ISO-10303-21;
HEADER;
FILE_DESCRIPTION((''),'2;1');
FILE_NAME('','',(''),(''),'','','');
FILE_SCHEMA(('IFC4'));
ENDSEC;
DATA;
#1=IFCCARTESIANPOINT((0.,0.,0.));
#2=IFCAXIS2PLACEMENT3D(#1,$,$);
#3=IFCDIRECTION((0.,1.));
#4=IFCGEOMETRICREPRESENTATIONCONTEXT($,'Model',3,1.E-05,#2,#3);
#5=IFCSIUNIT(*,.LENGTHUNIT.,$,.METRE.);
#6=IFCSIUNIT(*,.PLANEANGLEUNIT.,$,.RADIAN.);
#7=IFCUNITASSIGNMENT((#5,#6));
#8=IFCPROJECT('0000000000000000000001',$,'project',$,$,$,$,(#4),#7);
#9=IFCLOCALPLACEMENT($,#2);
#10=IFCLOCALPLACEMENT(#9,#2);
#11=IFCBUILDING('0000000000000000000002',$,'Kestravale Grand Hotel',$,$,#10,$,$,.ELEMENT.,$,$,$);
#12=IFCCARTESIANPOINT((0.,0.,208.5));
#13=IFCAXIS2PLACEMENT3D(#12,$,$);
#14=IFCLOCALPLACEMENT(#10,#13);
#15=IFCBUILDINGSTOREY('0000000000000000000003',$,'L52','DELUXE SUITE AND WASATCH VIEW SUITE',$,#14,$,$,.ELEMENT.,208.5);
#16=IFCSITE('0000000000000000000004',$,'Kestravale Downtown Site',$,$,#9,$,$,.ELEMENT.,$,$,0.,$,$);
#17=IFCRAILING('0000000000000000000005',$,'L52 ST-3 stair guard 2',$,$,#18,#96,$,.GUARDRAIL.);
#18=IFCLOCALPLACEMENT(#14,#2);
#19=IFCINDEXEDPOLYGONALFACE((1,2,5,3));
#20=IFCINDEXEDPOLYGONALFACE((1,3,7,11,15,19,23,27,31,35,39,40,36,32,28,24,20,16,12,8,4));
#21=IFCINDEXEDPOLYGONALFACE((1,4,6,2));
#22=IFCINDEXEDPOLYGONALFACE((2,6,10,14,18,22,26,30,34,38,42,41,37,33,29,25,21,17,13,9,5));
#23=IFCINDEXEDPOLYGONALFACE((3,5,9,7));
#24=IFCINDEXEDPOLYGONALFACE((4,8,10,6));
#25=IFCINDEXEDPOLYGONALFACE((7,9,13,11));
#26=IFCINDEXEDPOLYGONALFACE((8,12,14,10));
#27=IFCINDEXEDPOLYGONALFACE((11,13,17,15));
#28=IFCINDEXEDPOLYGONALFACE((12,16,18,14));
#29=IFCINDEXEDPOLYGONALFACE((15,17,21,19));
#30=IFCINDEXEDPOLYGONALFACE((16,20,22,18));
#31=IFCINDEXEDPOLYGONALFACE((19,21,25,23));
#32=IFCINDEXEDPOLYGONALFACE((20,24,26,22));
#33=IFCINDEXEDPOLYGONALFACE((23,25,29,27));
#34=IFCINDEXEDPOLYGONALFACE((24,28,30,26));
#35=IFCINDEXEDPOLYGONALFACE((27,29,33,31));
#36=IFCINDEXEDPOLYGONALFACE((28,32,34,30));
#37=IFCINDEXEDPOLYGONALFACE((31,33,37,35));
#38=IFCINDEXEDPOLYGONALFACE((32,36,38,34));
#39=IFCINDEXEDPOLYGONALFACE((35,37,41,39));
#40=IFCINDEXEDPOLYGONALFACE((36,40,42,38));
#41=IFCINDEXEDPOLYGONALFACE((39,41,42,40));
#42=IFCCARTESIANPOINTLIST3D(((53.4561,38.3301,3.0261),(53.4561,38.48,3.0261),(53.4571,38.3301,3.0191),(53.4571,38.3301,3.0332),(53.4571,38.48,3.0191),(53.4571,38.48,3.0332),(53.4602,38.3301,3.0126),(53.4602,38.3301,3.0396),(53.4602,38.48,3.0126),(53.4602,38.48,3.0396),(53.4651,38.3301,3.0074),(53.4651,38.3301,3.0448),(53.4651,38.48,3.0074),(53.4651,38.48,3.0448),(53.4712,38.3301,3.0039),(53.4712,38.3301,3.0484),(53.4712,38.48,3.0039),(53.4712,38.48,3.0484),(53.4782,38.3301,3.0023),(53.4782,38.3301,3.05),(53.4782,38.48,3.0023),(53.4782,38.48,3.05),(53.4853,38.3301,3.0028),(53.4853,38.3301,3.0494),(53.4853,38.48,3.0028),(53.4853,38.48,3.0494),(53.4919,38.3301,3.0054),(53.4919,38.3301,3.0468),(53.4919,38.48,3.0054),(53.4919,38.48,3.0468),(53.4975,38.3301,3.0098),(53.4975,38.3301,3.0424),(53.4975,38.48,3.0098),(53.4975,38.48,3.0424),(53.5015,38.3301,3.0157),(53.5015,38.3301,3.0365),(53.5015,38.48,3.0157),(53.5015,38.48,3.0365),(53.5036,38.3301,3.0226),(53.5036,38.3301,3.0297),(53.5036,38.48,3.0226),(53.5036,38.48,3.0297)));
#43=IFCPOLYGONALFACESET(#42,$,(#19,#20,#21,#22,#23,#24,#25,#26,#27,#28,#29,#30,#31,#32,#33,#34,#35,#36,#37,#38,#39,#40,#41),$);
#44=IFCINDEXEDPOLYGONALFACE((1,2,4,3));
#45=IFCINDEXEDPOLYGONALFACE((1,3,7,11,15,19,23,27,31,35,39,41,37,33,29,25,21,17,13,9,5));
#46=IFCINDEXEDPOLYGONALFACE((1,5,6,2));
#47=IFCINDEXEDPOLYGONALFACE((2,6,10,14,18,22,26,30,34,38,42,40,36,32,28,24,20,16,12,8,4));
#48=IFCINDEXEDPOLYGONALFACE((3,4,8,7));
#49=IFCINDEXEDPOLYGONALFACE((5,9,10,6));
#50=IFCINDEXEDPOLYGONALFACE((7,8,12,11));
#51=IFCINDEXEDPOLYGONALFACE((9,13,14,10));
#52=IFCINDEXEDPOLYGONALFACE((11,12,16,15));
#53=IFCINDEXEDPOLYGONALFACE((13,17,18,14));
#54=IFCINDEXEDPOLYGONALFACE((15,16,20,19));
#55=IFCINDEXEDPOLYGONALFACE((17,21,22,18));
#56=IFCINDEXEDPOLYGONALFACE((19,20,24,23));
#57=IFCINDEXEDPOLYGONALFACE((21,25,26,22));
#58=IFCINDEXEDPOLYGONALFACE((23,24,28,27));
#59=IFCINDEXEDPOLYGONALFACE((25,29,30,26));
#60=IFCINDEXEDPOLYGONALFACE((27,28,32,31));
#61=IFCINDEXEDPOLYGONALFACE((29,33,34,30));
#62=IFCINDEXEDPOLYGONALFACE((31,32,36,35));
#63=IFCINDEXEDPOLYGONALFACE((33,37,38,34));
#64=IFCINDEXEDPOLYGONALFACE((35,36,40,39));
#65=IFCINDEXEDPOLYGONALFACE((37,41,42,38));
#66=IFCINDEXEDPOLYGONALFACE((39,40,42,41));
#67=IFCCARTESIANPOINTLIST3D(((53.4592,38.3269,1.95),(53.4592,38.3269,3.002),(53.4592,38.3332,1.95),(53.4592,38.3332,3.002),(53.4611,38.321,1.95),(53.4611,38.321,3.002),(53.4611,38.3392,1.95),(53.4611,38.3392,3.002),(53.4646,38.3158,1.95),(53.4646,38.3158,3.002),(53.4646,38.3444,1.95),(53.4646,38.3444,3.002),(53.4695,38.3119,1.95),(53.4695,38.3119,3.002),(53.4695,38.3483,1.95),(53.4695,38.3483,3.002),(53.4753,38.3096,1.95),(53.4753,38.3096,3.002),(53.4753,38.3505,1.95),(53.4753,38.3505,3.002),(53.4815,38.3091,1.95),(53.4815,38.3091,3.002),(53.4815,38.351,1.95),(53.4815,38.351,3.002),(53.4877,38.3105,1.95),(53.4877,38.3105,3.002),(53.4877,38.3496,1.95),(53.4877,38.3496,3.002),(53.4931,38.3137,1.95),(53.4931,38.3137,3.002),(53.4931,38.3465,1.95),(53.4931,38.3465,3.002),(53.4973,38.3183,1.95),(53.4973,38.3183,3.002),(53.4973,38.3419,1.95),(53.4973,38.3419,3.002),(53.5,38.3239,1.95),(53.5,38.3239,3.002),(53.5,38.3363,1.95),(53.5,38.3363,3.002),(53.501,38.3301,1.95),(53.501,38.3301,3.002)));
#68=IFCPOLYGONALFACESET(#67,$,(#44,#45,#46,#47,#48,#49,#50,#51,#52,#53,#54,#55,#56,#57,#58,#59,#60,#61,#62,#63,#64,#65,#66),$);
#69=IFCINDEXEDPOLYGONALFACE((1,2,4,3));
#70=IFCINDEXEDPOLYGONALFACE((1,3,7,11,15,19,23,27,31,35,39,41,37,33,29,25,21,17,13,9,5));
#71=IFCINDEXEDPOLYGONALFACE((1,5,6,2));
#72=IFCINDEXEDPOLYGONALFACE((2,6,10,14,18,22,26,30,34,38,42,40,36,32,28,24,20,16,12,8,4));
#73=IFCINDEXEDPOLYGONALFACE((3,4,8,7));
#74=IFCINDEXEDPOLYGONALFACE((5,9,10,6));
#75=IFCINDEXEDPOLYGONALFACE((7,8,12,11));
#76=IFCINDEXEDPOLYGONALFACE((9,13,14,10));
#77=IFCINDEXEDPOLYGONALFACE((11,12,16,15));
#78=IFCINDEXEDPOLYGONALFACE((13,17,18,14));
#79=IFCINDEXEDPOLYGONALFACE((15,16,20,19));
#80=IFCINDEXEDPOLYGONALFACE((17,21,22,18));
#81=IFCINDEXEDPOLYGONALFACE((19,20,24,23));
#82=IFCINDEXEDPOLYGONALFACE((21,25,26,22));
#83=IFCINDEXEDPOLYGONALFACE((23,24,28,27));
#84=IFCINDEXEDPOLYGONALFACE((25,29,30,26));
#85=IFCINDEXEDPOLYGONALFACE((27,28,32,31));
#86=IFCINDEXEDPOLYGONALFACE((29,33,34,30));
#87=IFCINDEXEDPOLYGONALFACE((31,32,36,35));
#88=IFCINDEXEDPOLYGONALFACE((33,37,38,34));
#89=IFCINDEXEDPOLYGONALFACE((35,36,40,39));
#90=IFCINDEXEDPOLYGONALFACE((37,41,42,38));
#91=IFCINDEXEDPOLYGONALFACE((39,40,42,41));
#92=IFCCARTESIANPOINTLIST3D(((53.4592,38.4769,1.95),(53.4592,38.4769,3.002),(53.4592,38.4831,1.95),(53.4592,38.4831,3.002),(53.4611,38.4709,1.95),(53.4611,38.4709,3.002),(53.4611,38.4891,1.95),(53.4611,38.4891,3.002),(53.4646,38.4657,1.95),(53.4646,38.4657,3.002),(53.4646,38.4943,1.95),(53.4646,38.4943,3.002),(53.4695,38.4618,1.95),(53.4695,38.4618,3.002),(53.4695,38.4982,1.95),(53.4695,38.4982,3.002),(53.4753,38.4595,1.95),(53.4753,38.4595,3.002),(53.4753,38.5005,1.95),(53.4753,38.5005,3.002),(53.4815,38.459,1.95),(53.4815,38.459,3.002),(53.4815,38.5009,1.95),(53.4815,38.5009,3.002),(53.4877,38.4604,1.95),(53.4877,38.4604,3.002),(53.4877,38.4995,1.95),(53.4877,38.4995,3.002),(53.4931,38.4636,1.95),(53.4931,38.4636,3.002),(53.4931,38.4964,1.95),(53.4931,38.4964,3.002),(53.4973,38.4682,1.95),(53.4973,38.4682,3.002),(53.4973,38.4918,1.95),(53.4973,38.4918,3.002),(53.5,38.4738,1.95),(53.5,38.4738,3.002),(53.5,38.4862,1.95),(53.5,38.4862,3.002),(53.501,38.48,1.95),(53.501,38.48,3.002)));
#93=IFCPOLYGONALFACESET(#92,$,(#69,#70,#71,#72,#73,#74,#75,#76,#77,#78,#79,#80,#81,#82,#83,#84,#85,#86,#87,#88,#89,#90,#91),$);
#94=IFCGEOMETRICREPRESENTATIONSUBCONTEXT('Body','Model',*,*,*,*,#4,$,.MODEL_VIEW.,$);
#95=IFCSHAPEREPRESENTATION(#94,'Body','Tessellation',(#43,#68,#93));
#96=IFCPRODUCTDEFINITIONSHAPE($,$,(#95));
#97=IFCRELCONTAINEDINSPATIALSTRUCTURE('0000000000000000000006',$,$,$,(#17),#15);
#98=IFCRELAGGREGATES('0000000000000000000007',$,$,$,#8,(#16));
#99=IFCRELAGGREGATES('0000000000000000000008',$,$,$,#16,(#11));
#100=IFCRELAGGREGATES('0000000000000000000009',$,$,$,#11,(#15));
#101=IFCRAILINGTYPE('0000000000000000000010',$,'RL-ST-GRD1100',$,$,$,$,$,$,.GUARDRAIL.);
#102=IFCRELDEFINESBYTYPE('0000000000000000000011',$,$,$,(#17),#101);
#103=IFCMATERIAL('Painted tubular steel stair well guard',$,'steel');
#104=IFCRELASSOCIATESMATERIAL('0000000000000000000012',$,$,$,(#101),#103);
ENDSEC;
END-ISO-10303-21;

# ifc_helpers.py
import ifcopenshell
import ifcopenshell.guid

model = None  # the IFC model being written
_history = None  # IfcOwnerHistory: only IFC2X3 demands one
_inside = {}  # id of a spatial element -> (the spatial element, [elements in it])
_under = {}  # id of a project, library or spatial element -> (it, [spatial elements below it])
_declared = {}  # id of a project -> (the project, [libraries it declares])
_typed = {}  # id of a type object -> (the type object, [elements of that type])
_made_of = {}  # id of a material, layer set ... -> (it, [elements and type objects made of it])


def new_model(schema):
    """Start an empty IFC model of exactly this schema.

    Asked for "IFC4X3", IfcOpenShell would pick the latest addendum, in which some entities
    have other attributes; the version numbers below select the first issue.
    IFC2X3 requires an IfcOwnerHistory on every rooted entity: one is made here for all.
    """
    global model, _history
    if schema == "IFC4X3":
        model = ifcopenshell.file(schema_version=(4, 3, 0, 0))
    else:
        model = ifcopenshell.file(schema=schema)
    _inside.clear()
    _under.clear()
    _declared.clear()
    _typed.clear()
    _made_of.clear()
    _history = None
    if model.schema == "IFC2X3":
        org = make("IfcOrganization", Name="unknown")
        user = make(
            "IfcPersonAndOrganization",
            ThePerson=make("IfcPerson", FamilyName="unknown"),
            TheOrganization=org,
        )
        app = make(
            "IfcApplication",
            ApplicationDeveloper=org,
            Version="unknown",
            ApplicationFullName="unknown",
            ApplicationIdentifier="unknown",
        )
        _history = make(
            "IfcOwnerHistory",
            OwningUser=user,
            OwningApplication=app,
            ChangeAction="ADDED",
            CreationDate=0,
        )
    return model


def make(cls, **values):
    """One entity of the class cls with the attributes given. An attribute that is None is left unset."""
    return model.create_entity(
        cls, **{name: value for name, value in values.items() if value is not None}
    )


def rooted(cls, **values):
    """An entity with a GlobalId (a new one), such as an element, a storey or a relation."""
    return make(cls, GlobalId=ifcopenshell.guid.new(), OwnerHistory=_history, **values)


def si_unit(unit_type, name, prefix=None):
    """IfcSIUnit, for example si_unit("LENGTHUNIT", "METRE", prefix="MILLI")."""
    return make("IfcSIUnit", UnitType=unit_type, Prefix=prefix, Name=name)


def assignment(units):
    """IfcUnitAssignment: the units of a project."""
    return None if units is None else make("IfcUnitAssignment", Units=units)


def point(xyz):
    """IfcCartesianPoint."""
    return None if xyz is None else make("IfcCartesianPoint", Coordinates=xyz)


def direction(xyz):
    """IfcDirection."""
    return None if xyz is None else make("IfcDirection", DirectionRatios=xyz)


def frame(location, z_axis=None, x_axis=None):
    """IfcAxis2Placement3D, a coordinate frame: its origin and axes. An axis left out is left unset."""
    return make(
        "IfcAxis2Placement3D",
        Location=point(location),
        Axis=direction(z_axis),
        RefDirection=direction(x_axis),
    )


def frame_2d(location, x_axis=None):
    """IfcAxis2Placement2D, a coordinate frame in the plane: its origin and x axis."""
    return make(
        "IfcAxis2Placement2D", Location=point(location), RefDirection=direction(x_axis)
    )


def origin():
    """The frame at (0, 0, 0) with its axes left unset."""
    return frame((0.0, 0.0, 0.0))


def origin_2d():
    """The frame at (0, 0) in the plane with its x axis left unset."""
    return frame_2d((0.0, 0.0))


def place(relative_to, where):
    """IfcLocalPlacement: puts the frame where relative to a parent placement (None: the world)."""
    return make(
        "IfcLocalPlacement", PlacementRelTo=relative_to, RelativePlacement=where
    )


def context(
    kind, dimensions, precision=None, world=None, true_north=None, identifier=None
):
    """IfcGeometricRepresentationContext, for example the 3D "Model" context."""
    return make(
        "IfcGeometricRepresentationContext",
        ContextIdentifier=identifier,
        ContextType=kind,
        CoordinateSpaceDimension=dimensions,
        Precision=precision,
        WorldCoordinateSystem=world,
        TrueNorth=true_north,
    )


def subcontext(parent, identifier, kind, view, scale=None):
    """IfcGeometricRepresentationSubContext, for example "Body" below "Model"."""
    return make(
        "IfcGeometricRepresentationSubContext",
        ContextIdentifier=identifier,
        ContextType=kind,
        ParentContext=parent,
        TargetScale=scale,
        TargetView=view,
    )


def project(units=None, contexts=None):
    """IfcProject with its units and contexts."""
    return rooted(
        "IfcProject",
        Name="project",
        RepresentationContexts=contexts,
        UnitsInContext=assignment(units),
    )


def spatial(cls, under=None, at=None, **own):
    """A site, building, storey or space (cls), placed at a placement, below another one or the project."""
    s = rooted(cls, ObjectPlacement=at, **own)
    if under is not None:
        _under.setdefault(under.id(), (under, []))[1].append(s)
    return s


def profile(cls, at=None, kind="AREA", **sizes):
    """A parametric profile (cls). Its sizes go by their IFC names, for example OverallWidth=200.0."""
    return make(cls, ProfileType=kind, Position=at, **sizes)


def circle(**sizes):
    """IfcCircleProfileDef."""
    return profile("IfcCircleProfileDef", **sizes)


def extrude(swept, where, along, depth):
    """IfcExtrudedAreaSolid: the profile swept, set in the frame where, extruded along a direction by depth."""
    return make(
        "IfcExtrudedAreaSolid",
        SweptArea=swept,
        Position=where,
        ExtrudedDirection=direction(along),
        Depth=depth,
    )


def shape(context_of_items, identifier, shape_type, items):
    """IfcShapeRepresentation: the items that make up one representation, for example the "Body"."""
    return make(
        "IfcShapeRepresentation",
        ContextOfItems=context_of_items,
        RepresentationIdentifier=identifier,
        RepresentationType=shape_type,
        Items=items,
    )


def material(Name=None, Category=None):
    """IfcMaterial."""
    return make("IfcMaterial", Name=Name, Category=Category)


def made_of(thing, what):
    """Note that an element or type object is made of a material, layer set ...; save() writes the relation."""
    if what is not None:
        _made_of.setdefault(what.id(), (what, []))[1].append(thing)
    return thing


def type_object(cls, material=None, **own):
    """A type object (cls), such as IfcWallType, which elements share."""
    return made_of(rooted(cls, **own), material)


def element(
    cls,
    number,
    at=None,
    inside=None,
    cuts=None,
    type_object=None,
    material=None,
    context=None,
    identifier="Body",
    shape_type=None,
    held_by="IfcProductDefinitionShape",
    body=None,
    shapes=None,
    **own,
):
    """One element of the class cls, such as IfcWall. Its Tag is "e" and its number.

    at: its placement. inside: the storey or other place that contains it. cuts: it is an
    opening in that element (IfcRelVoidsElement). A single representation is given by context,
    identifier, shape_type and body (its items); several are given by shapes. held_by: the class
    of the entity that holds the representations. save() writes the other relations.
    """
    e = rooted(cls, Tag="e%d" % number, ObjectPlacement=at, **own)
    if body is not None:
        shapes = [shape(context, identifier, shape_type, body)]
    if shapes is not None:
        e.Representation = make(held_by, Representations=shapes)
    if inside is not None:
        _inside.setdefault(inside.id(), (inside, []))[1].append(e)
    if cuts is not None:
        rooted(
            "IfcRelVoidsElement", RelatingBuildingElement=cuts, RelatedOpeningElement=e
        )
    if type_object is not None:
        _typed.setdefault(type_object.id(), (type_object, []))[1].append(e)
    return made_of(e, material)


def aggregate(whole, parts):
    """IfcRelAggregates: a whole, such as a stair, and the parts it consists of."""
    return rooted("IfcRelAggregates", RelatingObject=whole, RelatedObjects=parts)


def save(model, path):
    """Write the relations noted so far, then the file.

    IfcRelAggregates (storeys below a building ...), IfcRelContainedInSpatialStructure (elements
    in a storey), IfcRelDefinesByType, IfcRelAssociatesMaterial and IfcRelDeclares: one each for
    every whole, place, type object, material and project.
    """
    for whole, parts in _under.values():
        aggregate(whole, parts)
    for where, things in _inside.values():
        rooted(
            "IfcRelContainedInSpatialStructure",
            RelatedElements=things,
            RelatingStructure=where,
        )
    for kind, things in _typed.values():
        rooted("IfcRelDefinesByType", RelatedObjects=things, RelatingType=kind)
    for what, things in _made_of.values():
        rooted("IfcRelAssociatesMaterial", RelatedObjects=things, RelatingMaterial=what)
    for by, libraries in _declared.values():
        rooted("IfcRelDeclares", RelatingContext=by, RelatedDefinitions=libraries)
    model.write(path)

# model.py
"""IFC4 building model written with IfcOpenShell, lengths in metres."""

from ifc_helpers import new_model, si_unit, direction, frame, origin, origin_2d, place, context, subcontext, project, spatial, circle, extrude, material, type_object, element, save


model = new_model("IFC4")

# Units and contexts
model_context = context("Model", 3, precision=1e-05, world=origin(), true_north=direction((0.0, 1.0)))
body_context = subcontext(model_context, "Body", "Model", "MODEL_VIEW")
ifc_project = project(units=[si_unit("LENGTHUNIT", "METRE"), si_unit("PLANEANGLEUNIT", "RADIAN")], contexts=[model_context])

# Site, building, storey
site_placement = place(None, origin())
site = spatial("IfcSite", under=ifc_project, at=site_placement, Name="Kestravale Downtown Site", CompositionType="ELEMENT", RefElevation=0.0)
building_placement = place(site_placement, origin())
building = spatial("IfcBuilding", under=site, at=building_placement, Name="Kestravale Grand Hotel", CompositionType="ELEMENT")
storey_placement = place(building_placement, frame((0.0, 0.0, 208.5)))
storey = spatial("IfcBuildingStorey", under=building, at=storey_placement, Name="L52", Description="DELUXE SUITE AND WASATCH VIEW SUITE", CompositionType="ELEMENT", Elevation=208.5)

# Railing
ifc_material_1 = material(Name="Painted tubular steel stair well guard", Category="steel")
railing_type_1 = type_object("IfcRailingType", Name="RL-ST-GRD1100", PredefinedType="GUARDRAIL", material=ifc_material_1)
railing_1_placement = place(storey_placement, frame((53.48, 38.3301, 1.95)))
element("IfcRailing", 1, at=railing_1_placement, inside=storey, type_object=railing_type_1, Name="L52 ST-3 stair guard 2", PredefinedType="GUARDRAIL", context=body_context, shape_type="SweptSolid", body=[
    extrude(circle(Radius=0.0239, at=origin_2d()), frame((0.0, 0.0, 1.0762), z_axis=(0.0, 1.0, 0.0), x_axis=(-1.0, 0.0, 0.0)), (0.0, 0.0, 1.0), 0.1499),
    extrude(circle(Radius=0.021, at=origin_2d()), origin(), (0.0, 0.0, 1.0), 1.052),
    extrude(circle(Radius=0.021, at=origin_2d()), frame((0.0, 0.1499, 0.0)), (0.0, 0.0, 1.0), 1.052),
])

save(model, "model.ifc")
